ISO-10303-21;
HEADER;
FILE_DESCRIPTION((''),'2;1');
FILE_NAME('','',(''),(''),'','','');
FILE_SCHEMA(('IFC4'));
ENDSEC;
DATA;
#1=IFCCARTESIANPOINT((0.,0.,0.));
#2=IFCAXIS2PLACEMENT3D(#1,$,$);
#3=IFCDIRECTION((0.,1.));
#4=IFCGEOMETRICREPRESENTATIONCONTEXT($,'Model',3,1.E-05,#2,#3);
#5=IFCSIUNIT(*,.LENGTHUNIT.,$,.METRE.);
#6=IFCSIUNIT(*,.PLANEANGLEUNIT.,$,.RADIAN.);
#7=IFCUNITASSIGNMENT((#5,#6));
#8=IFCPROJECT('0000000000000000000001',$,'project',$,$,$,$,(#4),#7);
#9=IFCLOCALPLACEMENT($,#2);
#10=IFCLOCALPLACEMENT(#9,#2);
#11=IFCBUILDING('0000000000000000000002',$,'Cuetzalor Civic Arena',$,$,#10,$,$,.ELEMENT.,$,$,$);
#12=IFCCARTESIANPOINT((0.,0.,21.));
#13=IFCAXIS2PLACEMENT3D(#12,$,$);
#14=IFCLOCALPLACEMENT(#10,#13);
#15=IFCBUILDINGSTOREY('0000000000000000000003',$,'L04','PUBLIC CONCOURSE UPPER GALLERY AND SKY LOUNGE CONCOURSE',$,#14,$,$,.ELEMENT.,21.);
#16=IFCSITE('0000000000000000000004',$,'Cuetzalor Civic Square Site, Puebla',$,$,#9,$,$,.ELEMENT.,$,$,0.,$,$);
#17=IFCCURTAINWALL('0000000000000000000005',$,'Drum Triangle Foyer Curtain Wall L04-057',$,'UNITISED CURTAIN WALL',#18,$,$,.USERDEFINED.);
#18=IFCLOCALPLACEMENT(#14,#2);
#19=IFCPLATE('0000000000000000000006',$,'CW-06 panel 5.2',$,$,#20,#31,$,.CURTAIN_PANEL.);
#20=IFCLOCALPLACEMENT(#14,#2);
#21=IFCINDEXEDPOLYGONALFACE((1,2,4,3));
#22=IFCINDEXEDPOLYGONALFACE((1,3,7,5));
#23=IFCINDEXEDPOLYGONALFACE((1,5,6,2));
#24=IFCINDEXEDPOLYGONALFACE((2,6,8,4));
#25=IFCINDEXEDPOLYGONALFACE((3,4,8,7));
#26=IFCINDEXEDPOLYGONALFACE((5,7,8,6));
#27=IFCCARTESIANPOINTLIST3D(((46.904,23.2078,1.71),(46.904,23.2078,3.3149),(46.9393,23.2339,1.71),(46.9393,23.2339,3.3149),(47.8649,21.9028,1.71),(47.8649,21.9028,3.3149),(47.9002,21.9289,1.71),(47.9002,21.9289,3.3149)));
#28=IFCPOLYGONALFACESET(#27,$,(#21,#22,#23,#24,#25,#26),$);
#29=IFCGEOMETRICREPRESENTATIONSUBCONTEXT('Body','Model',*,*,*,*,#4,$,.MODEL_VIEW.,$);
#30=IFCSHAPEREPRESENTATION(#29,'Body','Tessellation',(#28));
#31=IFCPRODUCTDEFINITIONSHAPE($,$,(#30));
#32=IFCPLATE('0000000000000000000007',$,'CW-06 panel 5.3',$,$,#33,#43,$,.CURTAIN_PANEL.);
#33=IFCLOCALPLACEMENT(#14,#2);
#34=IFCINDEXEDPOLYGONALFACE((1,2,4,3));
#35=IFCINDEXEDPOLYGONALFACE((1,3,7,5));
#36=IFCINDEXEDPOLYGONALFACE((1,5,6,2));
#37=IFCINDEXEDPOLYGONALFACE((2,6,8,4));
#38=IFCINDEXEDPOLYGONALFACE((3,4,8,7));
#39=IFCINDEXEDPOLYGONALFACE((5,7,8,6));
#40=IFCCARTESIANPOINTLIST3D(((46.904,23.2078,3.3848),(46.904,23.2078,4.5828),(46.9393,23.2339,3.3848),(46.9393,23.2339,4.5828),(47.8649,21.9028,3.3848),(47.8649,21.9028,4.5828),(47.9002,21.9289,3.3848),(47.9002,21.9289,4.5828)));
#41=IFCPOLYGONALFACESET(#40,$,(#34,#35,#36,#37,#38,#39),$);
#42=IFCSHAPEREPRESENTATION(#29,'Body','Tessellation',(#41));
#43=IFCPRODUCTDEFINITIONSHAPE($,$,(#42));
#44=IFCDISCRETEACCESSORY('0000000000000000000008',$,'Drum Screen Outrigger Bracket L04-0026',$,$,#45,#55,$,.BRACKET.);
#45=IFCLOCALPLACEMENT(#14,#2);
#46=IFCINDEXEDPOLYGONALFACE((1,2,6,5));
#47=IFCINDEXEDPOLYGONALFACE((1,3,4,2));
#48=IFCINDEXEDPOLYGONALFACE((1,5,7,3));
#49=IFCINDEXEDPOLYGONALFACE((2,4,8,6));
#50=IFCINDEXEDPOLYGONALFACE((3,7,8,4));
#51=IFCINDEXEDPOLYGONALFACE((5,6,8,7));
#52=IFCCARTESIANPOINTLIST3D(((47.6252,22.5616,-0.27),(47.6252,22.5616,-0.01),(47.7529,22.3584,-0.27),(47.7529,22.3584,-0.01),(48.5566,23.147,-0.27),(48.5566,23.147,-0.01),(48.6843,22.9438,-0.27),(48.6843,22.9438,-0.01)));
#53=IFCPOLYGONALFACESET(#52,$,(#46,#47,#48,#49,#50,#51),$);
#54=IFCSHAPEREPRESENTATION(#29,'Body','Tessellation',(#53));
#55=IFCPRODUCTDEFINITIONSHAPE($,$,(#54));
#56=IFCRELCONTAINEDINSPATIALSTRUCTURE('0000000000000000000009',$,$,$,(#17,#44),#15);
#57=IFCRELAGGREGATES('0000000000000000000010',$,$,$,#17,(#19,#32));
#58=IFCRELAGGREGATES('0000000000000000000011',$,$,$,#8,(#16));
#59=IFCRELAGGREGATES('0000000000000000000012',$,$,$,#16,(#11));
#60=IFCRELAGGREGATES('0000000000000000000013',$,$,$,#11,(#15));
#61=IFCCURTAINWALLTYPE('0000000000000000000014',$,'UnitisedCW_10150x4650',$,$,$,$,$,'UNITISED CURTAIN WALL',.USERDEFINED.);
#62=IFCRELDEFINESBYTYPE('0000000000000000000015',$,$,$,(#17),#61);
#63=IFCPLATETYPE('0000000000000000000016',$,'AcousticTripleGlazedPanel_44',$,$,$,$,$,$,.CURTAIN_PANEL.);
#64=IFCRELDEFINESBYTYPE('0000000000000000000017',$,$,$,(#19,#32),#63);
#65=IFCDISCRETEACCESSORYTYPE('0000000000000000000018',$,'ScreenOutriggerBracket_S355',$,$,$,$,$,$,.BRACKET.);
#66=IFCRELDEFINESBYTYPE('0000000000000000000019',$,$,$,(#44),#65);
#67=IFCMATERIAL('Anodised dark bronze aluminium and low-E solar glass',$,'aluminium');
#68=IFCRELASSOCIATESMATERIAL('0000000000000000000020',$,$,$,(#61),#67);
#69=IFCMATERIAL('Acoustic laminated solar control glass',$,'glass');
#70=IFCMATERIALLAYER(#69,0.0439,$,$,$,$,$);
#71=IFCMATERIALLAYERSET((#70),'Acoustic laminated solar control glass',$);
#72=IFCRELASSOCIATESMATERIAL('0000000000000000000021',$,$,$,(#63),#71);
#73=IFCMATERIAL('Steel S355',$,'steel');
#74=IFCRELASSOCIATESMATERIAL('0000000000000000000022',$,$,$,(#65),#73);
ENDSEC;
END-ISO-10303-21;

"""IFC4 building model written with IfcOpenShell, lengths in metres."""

from ifc_helpers import new_model, si_unit, direction, frame, origin, origin_2d, place, context, subcontext, project, spatial, rectangle, extrude, material, layer, layer_set, type_object, element, aggregate, save


model = new_model("IFC4")

# Units and contexts
model_context = context("Model", 3, precision=1e-05, world=origin(), true_north=direction((0.0, 1.0)))
body_context = subcontext(model_context, "Body", "Model", "MODEL_VIEW")
ifc_project = project(units=[si_unit("LENGTHUNIT", "METRE"), si_unit("PLANEANGLEUNIT", "RADIAN")], contexts=[model_context])

# Site, building, storey
site_placement = place(None, origin())
site = spatial("IfcSite", under=ifc_project, at=site_placement, Name="Cuetzalor Civic Square Site, Puebla", CompositionType="ELEMENT", RefElevation=0.0)
building_placement = place(site_placement, origin())
building = spatial("IfcBuilding", under=site, at=building_placement, Name="Cuetzalor Civic Arena", CompositionType="ELEMENT")
storey_placement = place(building_placement, frame((0.0, 0.0, 21.0)))
storey = spatial("IfcBuildingStorey", under=building, at=storey_placement, Name="L04", Description="PUBLIC CONCOURSE UPPER GALLERY AND SKY LOUNGE CONCOURSE", CompositionType="ELEMENT", Elevation=21.0)

# Curtain wall
ifc_material_1 = material(Name="Anodised dark bronze aluminium and low-E solar glass", Category="aluminium")
curtain_wall_type = type_object("IfcCurtainWallType", Name="UnitisedCW_10150x4650", ElementType="UNITISED CURTAIN WALL", PredefinedType="USERDEFINED", material=ifc_material_1)
curtain_wall_placement = place(storey_placement, origin())
curtain_wall = element("IfcCurtainWall", 1, at=curtain_wall_placement, inside=storey, type_object=curtain_wall_type, Name="Drum Triangle Foyer Curtain Wall L04-057", ObjectType="UNITISED CURTAIN WALL", PredefinedType="USERDEFINED")

# Plates
ifc_material_2 = material(Name="Acoustic laminated solar control glass", Category="glass")
ifc_layer = layer(ifc_material_2, 0.0439)
ifc_layer_set = layer_set([ifc_layer], Name="Acoustic laminated solar control glass")
plate_type = type_object("IfcPlateType", Name="AcousticTripleGlazedPanel_44", PredefinedType="CURTAIN_PANEL", material=ifc_layer_set)
plate_1_placement = place(storey_placement, frame((47.4021, 22.5684, 1.71), z_axis=(0.0, 0.0, 1.0), x_axis=(0.592929, -0.805255, 0.0)))
plate_1 = element("IfcPlate", 2, at=plate_1_placement, type_object=plate_type, Name="CW-06 panel 5.2", PredefinedType="CURTAIN_PANEL", context=body_context, shape_type="SweptSolid", body=[
    extrude(rectangle(XDim=1.6206, YDim=0.0439, at=origin_2d()), origin(), (0.0, 0.0, 1.0), 1.605),
])
plate_2_placement = place(storey_placement, frame((47.4021, 22.5684, 3.3848), z_axis=(0.0, 0.0, 1.0), x_axis=(0.592929, -0.805255, 0.0)))
plate_2 = element("IfcPlate", 3, at=plate_2_placement, type_object=plate_type, Name="CW-06 panel 5.3", PredefinedType="CURTAIN_PANEL", context=body_context, shape_type="SweptSolid", body=[
    extrude(rectangle(XDim=1.6206, YDim=0.0439, at=origin_2d()), origin(), (0.0, 0.0, 1.0), 1.198),
])
aggregate(curtain_wall, [plate_1, plate_2])

# Discrete accessory
ifc_material_3 = material(Name="Steel S355", Category="steel")
discrete_accessory_type = type_object("IfcDiscreteAccessoryType", Name="ScreenOutriggerBracket_S355", PredefinedType="BRACKET", material=ifc_material_3)
discrete_accessory_placement = place(storey_placement, frame((48.1548, 22.7527, -0.27), z_axis=(0.0, 0.0, 1.0), x_axis=(0.846658, 0.532138, 0.0)))
element("IfcDiscreteAccessory", 4, at=discrete_accessory_placement, inside=storey, type_object=discrete_accessory_type, Name="Drum Screen Outrigger Bracket L04-0026", PredefinedType="BRACKET", context=body_context, shape_type="SweptSolid", body=[
    extrude(rectangle(XDim=1.1001, YDim=0.24, at=origin_2d()), origin(), (0.0, 0.0, 1.0), 0.26),
])

save(model, "model.ifc")
